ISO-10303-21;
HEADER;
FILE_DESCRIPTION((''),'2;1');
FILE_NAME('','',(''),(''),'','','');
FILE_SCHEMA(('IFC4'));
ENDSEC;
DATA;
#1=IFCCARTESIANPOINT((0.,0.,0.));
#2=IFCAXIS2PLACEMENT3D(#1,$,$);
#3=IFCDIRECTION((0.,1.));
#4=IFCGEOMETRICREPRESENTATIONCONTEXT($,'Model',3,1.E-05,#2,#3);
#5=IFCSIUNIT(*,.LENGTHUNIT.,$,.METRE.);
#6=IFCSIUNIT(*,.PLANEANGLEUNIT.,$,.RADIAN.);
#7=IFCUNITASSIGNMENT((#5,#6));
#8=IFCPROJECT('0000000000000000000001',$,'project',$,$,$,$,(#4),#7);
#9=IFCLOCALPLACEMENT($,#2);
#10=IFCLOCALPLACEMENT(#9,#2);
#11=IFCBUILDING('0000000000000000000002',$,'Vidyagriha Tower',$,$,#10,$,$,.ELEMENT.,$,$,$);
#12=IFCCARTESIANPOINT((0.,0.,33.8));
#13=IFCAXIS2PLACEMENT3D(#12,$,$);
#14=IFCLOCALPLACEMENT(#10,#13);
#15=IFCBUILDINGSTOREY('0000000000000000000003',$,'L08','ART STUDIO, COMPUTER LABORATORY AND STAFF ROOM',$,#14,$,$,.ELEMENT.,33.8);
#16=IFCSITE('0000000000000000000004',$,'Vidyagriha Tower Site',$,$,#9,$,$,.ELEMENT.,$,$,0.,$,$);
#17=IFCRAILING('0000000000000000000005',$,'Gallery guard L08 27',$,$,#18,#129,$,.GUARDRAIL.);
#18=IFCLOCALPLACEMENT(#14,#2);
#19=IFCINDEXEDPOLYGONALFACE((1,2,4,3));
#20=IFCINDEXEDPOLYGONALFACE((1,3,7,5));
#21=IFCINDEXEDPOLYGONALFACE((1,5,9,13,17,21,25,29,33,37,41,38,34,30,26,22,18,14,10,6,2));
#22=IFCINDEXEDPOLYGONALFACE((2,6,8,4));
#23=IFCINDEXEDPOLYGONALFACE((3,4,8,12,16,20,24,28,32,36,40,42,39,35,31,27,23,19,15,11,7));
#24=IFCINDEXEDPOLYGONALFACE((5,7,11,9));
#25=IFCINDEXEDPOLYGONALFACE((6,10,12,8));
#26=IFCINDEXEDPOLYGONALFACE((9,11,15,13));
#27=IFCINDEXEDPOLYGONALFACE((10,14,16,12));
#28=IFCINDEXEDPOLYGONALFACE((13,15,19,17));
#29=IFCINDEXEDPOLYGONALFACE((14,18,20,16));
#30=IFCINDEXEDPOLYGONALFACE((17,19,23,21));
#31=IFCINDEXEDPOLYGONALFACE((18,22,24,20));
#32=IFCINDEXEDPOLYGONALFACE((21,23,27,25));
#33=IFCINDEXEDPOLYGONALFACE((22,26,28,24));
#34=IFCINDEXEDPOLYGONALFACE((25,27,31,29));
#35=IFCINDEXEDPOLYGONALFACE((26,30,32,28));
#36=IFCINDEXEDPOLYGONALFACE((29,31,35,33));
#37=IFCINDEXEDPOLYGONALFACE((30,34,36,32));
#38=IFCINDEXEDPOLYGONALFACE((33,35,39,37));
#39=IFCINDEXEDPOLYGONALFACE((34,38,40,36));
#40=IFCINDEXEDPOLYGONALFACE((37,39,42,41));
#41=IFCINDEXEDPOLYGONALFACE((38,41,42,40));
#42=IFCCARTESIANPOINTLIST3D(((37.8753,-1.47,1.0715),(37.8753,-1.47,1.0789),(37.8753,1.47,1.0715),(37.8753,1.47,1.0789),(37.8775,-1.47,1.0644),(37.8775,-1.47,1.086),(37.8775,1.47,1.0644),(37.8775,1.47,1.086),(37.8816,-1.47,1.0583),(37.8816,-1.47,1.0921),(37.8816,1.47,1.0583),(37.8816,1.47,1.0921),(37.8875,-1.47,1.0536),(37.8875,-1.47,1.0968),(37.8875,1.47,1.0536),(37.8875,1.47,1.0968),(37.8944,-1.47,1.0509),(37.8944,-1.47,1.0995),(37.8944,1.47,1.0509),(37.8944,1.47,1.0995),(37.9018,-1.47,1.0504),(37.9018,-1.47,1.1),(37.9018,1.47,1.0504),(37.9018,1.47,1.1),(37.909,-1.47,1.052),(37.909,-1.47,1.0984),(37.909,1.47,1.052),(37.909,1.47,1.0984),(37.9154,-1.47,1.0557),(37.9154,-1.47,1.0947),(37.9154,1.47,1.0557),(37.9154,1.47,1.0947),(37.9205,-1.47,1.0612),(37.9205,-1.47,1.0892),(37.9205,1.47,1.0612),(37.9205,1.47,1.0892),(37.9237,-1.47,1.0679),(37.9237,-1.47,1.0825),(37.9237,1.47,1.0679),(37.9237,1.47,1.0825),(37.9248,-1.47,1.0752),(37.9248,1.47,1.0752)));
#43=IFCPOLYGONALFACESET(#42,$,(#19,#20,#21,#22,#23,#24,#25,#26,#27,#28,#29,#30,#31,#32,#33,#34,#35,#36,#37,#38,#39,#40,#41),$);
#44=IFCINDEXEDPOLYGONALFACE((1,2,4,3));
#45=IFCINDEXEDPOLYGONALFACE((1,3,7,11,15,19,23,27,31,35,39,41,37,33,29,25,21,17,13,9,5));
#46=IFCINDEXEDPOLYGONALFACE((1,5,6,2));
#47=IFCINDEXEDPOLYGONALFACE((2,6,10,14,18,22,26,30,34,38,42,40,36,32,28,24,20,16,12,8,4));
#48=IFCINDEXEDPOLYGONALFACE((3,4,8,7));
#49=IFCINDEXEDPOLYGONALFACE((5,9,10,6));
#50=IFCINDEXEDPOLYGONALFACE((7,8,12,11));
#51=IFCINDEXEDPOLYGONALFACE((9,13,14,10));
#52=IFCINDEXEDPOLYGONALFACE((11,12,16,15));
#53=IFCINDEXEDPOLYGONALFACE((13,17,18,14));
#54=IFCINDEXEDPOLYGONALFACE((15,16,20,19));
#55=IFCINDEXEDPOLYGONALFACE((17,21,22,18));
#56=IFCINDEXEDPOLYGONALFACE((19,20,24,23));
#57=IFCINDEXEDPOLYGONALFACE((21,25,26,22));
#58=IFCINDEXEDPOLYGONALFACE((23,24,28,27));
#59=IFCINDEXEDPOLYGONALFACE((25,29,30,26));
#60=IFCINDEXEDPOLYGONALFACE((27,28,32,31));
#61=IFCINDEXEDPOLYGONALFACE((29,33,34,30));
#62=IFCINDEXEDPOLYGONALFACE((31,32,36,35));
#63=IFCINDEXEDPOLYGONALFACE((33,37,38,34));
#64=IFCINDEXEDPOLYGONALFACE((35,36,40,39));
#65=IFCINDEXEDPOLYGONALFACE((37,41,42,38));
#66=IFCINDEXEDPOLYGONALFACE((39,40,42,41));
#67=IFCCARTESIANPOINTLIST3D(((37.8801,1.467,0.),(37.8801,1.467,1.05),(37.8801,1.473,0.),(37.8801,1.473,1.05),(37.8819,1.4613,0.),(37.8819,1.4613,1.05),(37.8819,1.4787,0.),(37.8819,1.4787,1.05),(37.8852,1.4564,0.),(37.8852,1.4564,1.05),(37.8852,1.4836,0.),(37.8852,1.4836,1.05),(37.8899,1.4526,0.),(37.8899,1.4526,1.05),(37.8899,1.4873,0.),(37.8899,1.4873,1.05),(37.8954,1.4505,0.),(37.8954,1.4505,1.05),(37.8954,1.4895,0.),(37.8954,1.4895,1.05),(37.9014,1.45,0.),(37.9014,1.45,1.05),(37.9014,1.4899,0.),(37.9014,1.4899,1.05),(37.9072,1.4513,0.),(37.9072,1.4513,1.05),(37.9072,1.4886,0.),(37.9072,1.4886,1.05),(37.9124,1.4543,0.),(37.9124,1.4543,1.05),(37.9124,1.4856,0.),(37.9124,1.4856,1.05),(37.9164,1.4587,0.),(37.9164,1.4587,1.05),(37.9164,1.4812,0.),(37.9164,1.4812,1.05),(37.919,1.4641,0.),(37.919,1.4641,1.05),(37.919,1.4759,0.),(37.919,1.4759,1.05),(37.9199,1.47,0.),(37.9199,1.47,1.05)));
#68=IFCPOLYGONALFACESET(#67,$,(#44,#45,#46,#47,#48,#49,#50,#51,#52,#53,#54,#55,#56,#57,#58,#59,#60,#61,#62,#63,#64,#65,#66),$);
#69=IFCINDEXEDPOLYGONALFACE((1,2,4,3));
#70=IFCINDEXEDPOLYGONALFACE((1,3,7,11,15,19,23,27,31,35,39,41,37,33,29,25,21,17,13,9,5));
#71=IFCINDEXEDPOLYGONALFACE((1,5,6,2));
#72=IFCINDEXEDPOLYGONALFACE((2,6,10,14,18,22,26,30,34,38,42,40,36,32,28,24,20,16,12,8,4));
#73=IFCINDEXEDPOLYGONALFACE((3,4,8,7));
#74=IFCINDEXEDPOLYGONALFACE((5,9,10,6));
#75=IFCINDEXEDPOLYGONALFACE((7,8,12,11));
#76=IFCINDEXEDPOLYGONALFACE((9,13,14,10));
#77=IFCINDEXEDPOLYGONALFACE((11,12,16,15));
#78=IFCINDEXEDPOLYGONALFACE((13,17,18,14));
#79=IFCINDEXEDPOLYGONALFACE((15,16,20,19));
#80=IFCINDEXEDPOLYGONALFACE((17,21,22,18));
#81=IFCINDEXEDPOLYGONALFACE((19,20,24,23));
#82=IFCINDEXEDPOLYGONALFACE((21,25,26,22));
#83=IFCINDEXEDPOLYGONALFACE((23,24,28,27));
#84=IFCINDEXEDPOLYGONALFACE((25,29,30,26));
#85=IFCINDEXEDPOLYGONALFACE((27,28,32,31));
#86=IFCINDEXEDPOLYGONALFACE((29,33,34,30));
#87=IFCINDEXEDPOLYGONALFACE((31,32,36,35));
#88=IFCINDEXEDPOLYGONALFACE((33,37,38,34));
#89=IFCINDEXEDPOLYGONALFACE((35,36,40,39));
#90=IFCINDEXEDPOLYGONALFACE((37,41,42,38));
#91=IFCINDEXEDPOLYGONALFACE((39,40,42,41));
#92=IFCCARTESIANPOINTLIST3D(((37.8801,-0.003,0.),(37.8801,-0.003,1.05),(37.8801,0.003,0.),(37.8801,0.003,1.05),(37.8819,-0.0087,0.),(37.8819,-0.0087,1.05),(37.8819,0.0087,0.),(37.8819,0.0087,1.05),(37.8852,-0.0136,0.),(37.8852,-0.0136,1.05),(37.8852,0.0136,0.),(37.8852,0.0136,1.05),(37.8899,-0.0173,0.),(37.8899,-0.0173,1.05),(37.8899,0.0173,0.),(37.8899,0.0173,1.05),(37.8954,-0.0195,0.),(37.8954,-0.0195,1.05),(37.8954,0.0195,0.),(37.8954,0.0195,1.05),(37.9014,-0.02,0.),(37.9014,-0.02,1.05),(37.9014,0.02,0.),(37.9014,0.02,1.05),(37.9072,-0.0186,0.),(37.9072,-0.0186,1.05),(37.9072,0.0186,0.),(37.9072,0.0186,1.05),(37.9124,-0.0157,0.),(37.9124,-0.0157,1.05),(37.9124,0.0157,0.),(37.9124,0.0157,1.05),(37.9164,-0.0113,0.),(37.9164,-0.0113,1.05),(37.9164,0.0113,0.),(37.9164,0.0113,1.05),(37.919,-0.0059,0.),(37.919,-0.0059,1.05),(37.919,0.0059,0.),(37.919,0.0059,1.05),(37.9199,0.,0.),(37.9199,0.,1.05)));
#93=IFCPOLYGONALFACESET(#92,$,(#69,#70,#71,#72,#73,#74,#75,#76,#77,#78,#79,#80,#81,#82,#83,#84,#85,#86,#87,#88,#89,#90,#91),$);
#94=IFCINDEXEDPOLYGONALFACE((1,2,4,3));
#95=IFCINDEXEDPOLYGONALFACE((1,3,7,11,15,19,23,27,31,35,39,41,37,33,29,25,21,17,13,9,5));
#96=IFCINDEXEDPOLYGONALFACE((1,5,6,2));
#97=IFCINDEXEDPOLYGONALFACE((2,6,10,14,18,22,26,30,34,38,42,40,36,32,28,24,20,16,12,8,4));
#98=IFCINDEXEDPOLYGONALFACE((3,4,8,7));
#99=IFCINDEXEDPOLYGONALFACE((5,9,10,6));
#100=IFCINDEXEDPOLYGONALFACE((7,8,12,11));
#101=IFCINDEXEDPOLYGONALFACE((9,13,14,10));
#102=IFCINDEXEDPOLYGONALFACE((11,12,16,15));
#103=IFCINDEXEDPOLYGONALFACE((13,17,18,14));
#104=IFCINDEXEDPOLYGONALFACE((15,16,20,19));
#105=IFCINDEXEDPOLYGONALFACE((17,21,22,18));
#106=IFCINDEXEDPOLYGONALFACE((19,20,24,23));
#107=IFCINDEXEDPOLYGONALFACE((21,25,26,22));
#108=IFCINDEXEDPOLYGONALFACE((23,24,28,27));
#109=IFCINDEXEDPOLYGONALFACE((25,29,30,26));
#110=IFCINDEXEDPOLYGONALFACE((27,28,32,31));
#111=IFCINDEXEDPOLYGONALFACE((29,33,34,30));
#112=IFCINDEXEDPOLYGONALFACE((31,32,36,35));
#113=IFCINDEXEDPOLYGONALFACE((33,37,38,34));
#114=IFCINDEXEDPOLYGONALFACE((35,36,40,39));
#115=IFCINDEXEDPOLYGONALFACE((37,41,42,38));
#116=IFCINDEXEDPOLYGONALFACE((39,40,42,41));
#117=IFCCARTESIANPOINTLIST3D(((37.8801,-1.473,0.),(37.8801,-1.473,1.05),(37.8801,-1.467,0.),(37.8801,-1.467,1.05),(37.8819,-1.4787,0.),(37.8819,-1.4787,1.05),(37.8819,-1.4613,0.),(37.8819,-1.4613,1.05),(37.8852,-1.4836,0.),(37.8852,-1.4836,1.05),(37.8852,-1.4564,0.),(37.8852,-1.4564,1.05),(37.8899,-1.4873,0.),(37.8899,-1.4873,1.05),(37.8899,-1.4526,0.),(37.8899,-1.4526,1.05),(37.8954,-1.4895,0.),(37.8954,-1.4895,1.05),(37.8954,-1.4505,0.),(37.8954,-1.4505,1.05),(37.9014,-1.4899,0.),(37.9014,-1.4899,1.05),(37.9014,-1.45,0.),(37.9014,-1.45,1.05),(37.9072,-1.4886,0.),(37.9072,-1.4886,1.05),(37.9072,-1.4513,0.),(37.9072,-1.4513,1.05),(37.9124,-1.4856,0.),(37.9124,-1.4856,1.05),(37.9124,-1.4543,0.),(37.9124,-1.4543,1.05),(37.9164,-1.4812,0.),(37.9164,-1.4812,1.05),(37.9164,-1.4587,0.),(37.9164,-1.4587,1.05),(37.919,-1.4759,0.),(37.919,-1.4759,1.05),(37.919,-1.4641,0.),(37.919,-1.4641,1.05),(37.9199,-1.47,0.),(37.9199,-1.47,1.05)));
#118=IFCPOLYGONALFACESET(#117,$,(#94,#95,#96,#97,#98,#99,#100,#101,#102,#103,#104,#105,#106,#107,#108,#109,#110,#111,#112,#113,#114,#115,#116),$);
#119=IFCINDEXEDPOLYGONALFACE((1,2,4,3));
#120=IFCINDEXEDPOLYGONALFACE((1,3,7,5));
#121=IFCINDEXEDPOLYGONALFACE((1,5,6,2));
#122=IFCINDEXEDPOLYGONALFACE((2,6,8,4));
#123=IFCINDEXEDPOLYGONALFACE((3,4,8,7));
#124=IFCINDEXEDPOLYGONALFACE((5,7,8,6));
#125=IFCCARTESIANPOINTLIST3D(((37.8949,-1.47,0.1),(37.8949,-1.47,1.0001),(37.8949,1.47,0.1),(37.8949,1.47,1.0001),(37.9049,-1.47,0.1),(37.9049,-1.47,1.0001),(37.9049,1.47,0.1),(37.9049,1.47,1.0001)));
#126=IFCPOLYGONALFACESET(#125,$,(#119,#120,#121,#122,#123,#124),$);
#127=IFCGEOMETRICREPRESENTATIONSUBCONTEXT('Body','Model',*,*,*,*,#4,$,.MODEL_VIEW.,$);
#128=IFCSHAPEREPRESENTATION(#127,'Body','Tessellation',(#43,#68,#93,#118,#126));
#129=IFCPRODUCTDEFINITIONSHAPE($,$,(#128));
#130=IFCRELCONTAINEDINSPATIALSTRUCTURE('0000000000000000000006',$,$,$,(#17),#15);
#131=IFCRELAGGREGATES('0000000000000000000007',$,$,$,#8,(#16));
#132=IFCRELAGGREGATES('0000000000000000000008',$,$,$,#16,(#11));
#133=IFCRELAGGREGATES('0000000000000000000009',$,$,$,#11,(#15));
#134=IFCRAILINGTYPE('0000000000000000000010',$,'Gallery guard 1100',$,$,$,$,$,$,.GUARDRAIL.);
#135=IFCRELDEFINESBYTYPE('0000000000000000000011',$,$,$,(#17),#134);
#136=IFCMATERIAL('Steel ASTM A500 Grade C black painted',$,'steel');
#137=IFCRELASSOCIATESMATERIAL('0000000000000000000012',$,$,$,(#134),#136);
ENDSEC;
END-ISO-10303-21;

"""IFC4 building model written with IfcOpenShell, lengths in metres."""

from ifc_helpers import new_model, si_unit, direction, frame, origin, origin_2d, place, context, subcontext, project, spatial, rectangle, circle, extrude, material, type_object, element, save


model = new_model("IFC4")

# Units and contexts
model_context = context("Model", 3, precision=1e-05, world=origin(), true_north=direction((0.0, 1.0)))
body_context = subcontext(model_context, "Body", "Model", "MODEL_VIEW")
ifc_project = project(units=[si_unit("LENGTHUNIT", "METRE"), si_unit("PLANEANGLEUNIT", "RADIAN")], contexts=[model_context])

# Site, building, storey
site_placement = place(None, origin())
site = spatial("IfcSite", under=ifc_project, at=site_placement, Name="Vidyagriha Tower Site", CompositionType="ELEMENT", RefElevation=0.0)
building_placement = place(site_placement, origin())
building = spatial("IfcBuilding", under=site, at=building_placement, Name="Vidyagriha Tower", CompositionType="ELEMENT")
storey_placement = place(building_placement, frame((0.0, 0.0, 33.8)))
storey = spatial("IfcBuildingStorey", under=building, at=storey_placement, Name="L08", Description="ART STUDIO, COMPUTER LABORATORY AND STAFF ROOM", CompositionType="ELEMENT", Elevation=33.8)

# Railing
ifc_material_1 = material(Name="Steel ASTM A500 Grade C black painted", Category="steel")
railing_type = type_object("IfcRailingType", Name="Gallery guard 1100", PredefinedType="GUARDRAIL", material=ifc_material_1)
railing_1_placement = place(storey_placement, frame((37.8999, 1.47, 0.0)))
element("IfcRailing", 1, at=railing_1_placement, inside=storey, type_object=railing_type, Name="Gallery guard L08 27", PredefinedType="GUARDRAIL", context=body_context, shape_type="SweptSolid", body=[
    extrude(circle(Radius=0.0249, at=origin_2d()), frame((0.0, 0.0, 1.0752), z_axis=(0.0, -1.0, 0.0), x_axis=(1.0, 0.0, 0.0)), (0.0, 0.0, 1.0), 2.9399),
    extrude(circle(Radius=0.02, at=origin_2d()), origin(), (0.0, 0.0, 1.0), 1.05),
    extrude(circle(Radius=0.02, at=origin_2d()), frame((0.0, -1.47, 0.0)), (0.0, 0.0, 1.0), 1.05),
    extrude(circle(Radius=0.02, at=origin_2d()), frame((0.0, -2.9399, 0.0)), (0.0, 0.0, 1.0), 1.05),
    extrude(rectangle(XDim=0.01, YDim=0.9001, at=origin_2d()), frame((0.0, 0.0, 0.55), z_axis=(0.0, -1.0, 0.0), x_axis=(1.0, 0.0, 0.0)), (0.0, 0.0, 1.0), 2.9399),
])

save(model, "model.ifc")
